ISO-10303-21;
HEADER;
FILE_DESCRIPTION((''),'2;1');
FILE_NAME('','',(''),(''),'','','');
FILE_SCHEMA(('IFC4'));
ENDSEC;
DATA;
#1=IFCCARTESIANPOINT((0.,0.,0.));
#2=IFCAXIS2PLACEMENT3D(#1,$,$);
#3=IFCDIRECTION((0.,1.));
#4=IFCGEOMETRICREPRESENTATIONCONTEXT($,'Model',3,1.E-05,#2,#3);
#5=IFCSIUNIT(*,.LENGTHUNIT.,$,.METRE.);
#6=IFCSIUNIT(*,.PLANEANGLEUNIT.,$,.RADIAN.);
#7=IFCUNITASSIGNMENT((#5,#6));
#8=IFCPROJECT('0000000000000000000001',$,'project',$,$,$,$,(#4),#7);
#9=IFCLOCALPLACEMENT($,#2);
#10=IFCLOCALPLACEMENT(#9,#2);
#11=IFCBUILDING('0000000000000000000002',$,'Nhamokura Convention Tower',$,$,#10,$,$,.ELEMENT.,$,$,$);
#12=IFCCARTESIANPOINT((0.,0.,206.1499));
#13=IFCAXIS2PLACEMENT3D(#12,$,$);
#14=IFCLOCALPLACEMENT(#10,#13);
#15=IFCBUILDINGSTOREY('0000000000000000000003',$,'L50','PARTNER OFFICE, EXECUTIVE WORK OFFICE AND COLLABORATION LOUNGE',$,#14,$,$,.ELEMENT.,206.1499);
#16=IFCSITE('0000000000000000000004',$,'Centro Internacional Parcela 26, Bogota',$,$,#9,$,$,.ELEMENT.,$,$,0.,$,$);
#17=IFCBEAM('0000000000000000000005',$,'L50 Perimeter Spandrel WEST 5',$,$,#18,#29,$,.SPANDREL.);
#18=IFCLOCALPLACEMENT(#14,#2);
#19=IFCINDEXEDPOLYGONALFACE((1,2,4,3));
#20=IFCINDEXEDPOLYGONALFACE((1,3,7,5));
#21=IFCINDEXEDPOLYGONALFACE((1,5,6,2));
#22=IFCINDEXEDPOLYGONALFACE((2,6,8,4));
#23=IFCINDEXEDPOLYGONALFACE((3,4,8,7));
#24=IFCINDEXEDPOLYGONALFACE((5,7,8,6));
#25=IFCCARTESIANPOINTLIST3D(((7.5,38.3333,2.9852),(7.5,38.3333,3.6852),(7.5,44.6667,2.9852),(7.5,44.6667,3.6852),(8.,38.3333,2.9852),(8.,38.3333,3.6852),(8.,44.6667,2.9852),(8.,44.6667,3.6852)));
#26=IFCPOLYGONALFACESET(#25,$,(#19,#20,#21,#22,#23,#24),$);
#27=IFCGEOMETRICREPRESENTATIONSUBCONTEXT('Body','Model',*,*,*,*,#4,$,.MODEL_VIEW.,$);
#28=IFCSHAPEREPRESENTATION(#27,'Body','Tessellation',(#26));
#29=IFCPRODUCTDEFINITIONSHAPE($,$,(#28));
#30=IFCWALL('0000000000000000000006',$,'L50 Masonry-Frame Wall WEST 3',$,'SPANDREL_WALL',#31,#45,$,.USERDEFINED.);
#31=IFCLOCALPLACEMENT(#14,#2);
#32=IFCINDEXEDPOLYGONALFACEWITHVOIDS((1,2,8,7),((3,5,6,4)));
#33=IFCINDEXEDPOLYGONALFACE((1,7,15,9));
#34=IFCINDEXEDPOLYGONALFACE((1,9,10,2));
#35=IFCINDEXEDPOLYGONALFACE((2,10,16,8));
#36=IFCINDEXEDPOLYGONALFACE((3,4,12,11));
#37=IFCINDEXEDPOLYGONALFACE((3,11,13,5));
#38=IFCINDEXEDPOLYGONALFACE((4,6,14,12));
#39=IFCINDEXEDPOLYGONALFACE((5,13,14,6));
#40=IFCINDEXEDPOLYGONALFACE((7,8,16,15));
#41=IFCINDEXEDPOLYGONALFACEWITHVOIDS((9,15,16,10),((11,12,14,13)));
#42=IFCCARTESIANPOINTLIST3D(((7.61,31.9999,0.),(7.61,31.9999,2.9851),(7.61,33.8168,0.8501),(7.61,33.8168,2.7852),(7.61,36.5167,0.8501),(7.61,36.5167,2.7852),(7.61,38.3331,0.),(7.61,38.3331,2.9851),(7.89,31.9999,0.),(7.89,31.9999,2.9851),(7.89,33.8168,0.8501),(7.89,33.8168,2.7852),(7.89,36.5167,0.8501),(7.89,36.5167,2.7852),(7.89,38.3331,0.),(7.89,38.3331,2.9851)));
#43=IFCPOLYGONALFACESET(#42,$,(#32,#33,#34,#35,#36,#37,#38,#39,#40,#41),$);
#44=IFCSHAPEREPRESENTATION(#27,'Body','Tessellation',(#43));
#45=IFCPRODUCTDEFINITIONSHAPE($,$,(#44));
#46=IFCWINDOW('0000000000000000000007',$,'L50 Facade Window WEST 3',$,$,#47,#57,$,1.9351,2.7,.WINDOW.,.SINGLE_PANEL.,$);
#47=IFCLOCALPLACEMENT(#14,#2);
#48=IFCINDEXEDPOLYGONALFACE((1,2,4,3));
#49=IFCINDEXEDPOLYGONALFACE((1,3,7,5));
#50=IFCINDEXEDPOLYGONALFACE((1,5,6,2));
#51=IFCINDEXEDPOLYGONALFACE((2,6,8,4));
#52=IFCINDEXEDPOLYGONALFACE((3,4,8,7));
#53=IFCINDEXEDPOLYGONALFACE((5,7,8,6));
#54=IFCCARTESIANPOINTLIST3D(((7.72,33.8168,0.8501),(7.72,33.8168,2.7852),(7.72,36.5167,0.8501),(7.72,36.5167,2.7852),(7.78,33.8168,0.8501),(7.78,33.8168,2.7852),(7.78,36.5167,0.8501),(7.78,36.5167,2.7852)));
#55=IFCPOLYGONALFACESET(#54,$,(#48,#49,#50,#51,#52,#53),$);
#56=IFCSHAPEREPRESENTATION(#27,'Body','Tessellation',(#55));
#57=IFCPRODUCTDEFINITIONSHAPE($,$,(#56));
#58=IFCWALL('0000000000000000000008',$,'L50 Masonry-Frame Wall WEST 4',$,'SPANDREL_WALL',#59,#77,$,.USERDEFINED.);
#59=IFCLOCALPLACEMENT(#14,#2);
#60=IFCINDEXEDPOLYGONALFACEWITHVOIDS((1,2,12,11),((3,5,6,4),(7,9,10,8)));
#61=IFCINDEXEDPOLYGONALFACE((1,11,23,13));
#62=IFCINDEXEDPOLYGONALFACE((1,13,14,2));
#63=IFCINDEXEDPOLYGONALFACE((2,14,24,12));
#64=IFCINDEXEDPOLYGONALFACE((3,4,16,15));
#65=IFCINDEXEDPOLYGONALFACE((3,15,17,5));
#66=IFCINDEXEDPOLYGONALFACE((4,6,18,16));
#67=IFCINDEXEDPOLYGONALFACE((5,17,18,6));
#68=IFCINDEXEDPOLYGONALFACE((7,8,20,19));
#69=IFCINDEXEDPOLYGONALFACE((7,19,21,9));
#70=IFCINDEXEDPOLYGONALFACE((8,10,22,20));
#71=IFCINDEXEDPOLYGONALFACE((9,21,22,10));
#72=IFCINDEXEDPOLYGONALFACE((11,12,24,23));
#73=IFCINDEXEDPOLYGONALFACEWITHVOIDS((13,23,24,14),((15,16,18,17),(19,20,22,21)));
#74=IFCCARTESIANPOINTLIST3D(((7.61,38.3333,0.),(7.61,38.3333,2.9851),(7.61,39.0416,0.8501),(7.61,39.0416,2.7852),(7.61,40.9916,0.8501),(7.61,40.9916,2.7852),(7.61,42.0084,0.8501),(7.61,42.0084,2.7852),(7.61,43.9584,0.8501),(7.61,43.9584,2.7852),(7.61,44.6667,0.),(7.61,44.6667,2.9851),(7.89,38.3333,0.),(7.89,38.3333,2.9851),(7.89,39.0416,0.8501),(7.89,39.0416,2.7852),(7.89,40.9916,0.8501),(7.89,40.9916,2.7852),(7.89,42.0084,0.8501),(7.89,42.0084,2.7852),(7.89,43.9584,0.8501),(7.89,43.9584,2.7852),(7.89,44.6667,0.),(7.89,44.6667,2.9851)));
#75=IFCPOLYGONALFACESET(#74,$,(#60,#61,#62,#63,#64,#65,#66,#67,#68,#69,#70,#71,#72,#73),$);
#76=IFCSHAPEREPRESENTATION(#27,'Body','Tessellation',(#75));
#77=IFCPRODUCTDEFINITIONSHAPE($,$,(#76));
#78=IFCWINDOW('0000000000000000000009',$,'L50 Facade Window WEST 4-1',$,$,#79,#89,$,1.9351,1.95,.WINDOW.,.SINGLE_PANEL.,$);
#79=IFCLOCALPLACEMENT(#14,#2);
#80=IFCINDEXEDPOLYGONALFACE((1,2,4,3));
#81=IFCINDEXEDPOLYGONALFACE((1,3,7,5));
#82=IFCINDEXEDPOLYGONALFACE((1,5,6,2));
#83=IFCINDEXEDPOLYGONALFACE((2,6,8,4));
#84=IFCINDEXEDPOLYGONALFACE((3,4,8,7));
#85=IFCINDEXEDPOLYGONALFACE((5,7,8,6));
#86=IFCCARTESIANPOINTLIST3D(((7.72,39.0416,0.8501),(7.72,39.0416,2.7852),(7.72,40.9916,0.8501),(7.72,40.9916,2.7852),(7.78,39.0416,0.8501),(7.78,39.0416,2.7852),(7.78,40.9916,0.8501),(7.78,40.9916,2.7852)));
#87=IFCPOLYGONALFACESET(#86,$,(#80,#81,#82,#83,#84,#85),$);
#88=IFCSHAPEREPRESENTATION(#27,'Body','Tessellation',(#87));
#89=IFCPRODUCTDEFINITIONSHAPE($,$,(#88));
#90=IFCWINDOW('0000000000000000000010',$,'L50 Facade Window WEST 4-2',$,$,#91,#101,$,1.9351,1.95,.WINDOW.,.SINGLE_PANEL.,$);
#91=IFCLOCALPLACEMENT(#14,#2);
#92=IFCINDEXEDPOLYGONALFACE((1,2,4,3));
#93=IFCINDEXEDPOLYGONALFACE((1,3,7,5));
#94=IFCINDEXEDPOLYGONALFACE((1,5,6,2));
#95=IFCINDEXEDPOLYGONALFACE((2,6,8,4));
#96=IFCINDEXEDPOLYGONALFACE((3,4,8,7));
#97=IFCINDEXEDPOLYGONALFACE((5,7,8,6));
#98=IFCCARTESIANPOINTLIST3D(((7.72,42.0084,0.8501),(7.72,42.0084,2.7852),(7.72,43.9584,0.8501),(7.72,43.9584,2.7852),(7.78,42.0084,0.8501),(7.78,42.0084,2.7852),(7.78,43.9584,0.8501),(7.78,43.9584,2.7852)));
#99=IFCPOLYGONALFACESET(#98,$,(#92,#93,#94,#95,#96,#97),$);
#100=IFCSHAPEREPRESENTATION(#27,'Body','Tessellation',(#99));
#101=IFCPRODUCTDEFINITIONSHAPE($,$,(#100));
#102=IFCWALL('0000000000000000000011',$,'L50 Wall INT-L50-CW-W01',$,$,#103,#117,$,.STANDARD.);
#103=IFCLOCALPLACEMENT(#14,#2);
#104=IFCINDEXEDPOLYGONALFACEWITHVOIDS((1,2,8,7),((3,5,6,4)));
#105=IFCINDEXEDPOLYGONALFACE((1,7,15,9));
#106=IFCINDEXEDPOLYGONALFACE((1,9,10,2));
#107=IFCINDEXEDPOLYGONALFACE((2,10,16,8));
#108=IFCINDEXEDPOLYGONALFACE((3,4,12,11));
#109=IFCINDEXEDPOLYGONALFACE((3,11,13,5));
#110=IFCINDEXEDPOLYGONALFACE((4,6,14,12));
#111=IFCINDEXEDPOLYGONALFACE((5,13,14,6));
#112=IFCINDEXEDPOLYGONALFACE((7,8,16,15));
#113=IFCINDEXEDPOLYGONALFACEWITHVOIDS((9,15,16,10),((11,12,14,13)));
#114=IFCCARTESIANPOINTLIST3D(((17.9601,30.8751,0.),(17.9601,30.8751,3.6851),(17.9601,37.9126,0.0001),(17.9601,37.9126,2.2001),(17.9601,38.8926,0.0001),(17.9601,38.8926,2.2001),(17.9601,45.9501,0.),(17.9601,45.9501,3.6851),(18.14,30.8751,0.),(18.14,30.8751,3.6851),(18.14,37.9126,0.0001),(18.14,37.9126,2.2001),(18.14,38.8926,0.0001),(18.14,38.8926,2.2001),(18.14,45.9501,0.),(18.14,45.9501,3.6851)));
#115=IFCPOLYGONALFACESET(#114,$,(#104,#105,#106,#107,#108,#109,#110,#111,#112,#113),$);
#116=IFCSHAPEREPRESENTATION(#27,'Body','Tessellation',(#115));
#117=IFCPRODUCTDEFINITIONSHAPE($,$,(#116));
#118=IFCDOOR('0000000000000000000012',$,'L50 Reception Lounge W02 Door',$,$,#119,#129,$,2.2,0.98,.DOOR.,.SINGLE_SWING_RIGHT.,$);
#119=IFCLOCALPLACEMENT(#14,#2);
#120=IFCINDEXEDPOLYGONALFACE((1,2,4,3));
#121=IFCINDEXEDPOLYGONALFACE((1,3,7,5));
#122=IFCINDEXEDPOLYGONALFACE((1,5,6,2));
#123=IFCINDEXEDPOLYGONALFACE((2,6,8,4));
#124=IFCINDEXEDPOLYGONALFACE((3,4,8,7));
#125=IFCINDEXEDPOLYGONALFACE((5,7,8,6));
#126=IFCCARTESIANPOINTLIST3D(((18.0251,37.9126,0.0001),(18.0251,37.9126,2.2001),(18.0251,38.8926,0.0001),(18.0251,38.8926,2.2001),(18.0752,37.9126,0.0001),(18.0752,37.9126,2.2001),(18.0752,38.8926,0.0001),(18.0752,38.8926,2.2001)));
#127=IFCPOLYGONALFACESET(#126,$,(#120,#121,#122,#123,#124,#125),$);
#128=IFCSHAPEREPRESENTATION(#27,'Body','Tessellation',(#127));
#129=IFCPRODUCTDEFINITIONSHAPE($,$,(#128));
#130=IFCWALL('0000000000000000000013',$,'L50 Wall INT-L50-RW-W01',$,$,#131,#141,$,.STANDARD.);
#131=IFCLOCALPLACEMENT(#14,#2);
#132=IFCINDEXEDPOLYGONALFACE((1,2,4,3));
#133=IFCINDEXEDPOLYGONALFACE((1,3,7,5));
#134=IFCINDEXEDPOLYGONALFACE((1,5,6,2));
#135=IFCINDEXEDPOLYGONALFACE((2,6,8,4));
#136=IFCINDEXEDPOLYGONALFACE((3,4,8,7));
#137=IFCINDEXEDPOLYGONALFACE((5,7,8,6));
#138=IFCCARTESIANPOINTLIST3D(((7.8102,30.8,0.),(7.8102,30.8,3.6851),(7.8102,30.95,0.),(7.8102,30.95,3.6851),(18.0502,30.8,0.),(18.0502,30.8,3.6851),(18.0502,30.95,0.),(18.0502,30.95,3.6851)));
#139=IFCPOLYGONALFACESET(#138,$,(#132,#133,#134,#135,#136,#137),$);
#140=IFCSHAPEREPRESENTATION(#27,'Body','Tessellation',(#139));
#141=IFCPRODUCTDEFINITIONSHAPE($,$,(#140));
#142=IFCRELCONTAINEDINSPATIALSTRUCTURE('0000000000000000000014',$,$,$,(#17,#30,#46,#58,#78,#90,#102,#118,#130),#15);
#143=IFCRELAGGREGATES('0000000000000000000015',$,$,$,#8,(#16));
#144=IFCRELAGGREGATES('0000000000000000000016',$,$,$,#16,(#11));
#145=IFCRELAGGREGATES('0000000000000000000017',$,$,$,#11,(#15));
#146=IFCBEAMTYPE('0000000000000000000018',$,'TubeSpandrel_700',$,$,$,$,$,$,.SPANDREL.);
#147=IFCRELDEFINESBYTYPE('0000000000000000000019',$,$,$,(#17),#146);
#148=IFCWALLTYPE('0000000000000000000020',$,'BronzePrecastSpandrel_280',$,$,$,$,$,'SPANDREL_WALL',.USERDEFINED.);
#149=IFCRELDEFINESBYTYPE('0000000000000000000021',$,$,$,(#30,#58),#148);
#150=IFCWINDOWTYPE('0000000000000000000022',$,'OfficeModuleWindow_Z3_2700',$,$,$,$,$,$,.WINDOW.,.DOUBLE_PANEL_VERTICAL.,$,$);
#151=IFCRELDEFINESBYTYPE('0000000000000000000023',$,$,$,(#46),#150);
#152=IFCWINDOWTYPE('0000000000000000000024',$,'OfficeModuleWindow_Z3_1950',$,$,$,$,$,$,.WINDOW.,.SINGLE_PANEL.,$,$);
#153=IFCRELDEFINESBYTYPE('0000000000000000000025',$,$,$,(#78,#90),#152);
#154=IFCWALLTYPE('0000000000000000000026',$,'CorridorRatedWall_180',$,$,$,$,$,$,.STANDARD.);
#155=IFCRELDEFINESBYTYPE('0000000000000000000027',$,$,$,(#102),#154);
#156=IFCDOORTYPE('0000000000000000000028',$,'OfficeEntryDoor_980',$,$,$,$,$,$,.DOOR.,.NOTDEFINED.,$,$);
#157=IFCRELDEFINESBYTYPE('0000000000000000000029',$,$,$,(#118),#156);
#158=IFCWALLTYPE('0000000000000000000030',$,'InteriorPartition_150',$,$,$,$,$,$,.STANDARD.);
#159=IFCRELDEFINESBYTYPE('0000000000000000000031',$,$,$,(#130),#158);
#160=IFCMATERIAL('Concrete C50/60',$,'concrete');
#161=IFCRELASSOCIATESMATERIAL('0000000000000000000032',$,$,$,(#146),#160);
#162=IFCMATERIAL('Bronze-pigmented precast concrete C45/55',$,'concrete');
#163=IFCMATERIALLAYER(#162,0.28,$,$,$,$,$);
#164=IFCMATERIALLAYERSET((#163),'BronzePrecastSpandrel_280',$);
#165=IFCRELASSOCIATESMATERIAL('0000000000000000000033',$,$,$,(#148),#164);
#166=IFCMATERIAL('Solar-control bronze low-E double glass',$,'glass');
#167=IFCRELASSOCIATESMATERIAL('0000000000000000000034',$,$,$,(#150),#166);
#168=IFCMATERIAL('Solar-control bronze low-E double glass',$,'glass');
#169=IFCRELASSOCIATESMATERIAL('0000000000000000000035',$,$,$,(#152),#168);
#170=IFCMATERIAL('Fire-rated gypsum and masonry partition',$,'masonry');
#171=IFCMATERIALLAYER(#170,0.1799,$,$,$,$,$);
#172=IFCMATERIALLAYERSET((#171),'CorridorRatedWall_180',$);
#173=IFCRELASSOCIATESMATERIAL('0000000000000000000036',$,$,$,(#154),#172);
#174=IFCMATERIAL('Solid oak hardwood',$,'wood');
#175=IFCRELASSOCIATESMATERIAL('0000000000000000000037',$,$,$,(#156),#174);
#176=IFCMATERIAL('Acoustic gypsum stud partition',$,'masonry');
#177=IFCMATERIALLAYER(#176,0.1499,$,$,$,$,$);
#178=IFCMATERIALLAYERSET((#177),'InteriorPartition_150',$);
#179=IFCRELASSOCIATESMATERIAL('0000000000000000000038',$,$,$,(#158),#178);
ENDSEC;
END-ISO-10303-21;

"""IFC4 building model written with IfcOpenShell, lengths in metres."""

from ifc_helpers import new_model, si_unit, direction, frame, frame_2d, origin, origin_2d, place, context, subcontext, project, spatial, rectangle, extrude, material, layer, layer_set, material_profile, profile_set, type_object, element, fill, save


model = new_model("IFC4")

# Units and contexts
model_context = context("Model", 3, precision=1e-05, world=origin(), true_north=direction((0.0, 1.0)))
body_context = subcontext(model_context, "Body", "Model", "MODEL_VIEW")
ifc_project = project(units=[si_unit("LENGTHUNIT", "METRE"), si_unit("PLANEANGLEUNIT", "RADIAN")], contexts=[model_context])

# Site, building, storey
site_placement = place(None, origin())
site = spatial("IfcSite", under=ifc_project, at=site_placement, Name="Centro Internacional Parcela 26, Bogota", CompositionType="ELEMENT", RefElevation=0.0)
building_placement = place(site_placement, origin())
building = spatial("IfcBuilding", under=site, at=building_placement, Name="Nhamokura Convention Tower", CompositionType="ELEMENT")
storey_placement = place(building_placement, frame((0.0, 0.0, 206.1499)))
storey = spatial("IfcBuildingStorey", under=building, at=storey_placement, Name="L50", Description="PARTNER OFFICE, EXECUTIVE WORK OFFICE AND COLLABORATION LOUNGE", CompositionType="ELEMENT", Elevation=206.1499)

# Beam
ifc_material_1 = material(Name="Concrete C50/60", Category="concrete")
ifc_material_profile_1 = material_profile(ifc_material_1, rectangle(XDim=0.5, YDim=0.7, at=origin_2d()))
ifc_profile_set_1 = profile_set([ifc_material_profile_1], Name="Concrete C50/60")
beam_type_1 = type_object("IfcBeamType", Name="TubeSpandrel_700", PredefinedType="SPANDREL", material=ifc_profile_set_1)
beam_1_placement = place(storey_placement, frame((7.75, 38.3333, 3.3352), z_axis=(0.0, 1.0, 0.0), x_axis=(-1.0, 0.0, 0.0)))
element("IfcBeam", 1, at=beam_1_placement, inside=storey, type_object=beam_type_1, Name="L50 Perimeter Spandrel WEST 5", PredefinedType="SPANDREL", context=body_context, shape_type="SweptSolid", body=[
    extrude(rectangle(XDim=0.5, YDim=0.7, at=origin_2d()), origin(), (0.0, 0.0, 1.0), 6.3335),
])

# Wall, opening, window
ifc_material_2 = material(Name="Bronze-pigmented precast concrete C45/55", Category="concrete")
ifc_layer_1 = layer(ifc_material_2, 0.28)
ifc_layer_set_1 = layer_set([ifc_layer_1], Name="BronzePrecastSpandrel_280")
wall_type_1 = type_object("IfcWallType", Name="BronzePrecastSpandrel_280", ElementType="SPANDREL_WALL", PredefinedType="USERDEFINED", material=ifc_layer_set_1)
wall_1_placement = place(storey_placement, frame((7.75, 32.0, 0.0), z_axis=(0.0, 0.0, 1.0), x_axis=(0.0, 1.0, 0.0)))
wall_1 = element("IfcWall", 2, at=wall_1_placement, inside=storey, type_object=wall_type_1, Name="L50 Masonry-Frame Wall WEST 3", ObjectType="SPANDREL_WALL", PredefinedType="USERDEFINED", context=body_context, shape_type="SweptSolid", body=[
    extrude(rectangle(XDim=6.3333, YDim=0.28, at=frame_2d((3.1665, 0.0))), origin(), (0.0, 0.0, 1.0), 2.9851),
])
opening_1_placement = place(wall_1_placement, frame((1.8167, 0.0, 0.8501)))
opening_1 = element("IfcOpeningElement", 3, at=opening_1_placement, cuts=wall_1, PredefinedType="OPENING", context=body_context, shape_type="SweptSolid", body=[
    extrude(rectangle(XDim=2.7, YDim=1.9351, at=frame_2d((1.3501, 0.9675))), frame((0.0, 0.1499, 0.0), z_axis=(0.0, -1.0, 0.0), x_axis=(1.0, 0.0, 0.0)), (0.0, 0.0, 1.0), 0.3),
])
ifc_material_3 = material(Name="Solar-control bronze low-E double glass", Category="glass")
window_type_1 = type_object("IfcWindowType", Name="OfficeModuleWindow_Z3_2700", PartitioningType="DOUBLE_PANEL_VERTICAL", PredefinedType="WINDOW", material=ifc_material_3)
window_1_placement = place(opening_1_placement, origin())
window_1 = element("IfcWindow", 4, at=window_1_placement, inside=storey, type_object=window_type_1, Name="L50 Facade Window WEST 3", OverallHeight=1.9351, OverallWidth=2.7, PartitioningType="SINGLE_PANEL", PredefinedType="WINDOW", context=body_context, shape_type="SweptSolid", body=[
    extrude(rectangle(XDim=2.7, YDim=1.9351, at=frame_2d((1.3501, 0.9675))), frame((0.0, 0.03, 0.0), z_axis=(0.0, -1.0, 0.0), x_axis=(1.0, 0.0, 0.0)), (0.0, 0.0, 1.0), 0.0601),
])
fill(opening_1, window_1)

# Wall, openings, windows
wall_2_placement = place(storey_placement, frame((7.75, 38.3333, 0.0), z_axis=(0.0, 0.0, 1.0), x_axis=(0.0, 1.0, 0.0)))
wall_2 = element("IfcWall", 5, at=wall_2_placement, inside=storey, type_object=wall_type_1, Name="L50 Masonry-Frame Wall WEST 4", ObjectType="SPANDREL_WALL", PredefinedType="USERDEFINED", context=body_context, shape_type="SweptSolid", body=[
    extrude(rectangle(XDim=6.3335, YDim=0.28, at=frame_2d((3.1667, 0.0))), origin(), (0.0, 0.0, 1.0), 2.9851),
])
opening_2_placement = place(wall_2_placement, frame((0.7083, 0.0, 0.8501)))
opening_2 = element("IfcOpeningElement", 6, at=opening_2_placement, cuts=wall_2, PredefinedType="OPENING", context=body_context, shape_type="SweptSolid", body=[
    extrude(rectangle(XDim=1.95, YDim=1.9351, at=frame_2d((0.9751, 0.9675))), frame((0.0, 0.1499, 0.0), z_axis=(0.0, -1.0, 0.0), x_axis=(1.0, 0.0, 0.0)), (0.0, 0.0, 1.0), 0.3),
])
opening_3_placement = place(wall_2_placement, frame((3.675, 0.0, 0.8501)))
opening_3 = element("IfcOpeningElement", 7, at=opening_3_placement, cuts=wall_2, PredefinedType="OPENING", context=body_context, shape_type="SweptSolid", body=[
    extrude(rectangle(XDim=1.95, YDim=1.9351, at=frame_2d((0.9751, 0.9675))), frame((0.0, 0.1499, 0.0), z_axis=(0.0, -1.0, 0.0), x_axis=(1.0, 0.0, 0.0)), (0.0, 0.0, 1.0), 0.3),
])
ifc_material_4 = material(Name="Solar-control bronze low-E double glass", Category="glass")
window_type_2 = type_object("IfcWindowType", Name="OfficeModuleWindow_Z3_1950", PartitioningType="SINGLE_PANEL", PredefinedType="WINDOW", material=ifc_material_4)
window_2_placement = place(opening_2_placement, origin())
window_2 = element("IfcWindow", 8, at=window_2_placement, inside=storey, type_object=window_type_2, Name="L50 Facade Window WEST 4-1", OverallHeight=1.9351, OverallWidth=1.95, PartitioningType="SINGLE_PANEL", PredefinedType="WINDOW", context=body_context, shape_type="SweptSolid", body=[
    extrude(rectangle(XDim=1.95, YDim=1.9351, at=frame_2d((0.9751, 0.9675))), frame((0.0, 0.03, 0.0), z_axis=(0.0, -1.0, 0.0), x_axis=(1.0, 0.0, 0.0)), (0.0, 0.0, 1.0), 0.0601),
])
fill(opening_2, window_2)
window_3_placement = place(opening_3_placement, origin())
window_3 = element("IfcWindow", 9, at=window_3_placement, inside=storey, type_object=window_type_2, Name="L50 Facade Window WEST 4-2", OverallHeight=1.9351, OverallWidth=1.95, PartitioningType="SINGLE_PANEL", PredefinedType="WINDOW", context=body_context, shape_type="SweptSolid", body=[
    extrude(rectangle(XDim=1.95, YDim=1.9351, at=frame_2d((0.9751, 0.9675))), frame((0.0, 0.03, 0.0), z_axis=(0.0, -1.0, 0.0), x_axis=(1.0, 0.0, 0.0)), (0.0, 0.0, 1.0), 0.0601),
])
fill(opening_3, window_3)

# Wall, opening, door
ifc_material_5 = material(Name="Fire-rated gypsum and masonry partition", Category="masonry")
ifc_layer_2 = layer(ifc_material_5, 0.1799)
ifc_layer_set_2 = layer_set([ifc_layer_2], Name="CorridorRatedWall_180")
wall_type_2 = type_object("IfcWallType", Name="CorridorRatedWall_180", PredefinedType="STANDARD", material=ifc_layer_set_2)
wall_3_placement = place(storey_placement, frame((18.05, 30.875, 0.0), z_axis=(0.0, 0.0, 1.0), x_axis=(0.0, 1.0, 0.0)))
wall_3 = element("IfcWall", 10, at=wall_3_placement, inside=storey, type_object=wall_type_2, Name="L50 Wall INT-L50-CW-W01", PredefinedType="STANDARD", context=body_context, shape_type="SweptSolid", body=[
    extrude(rectangle(XDim=15.075, YDim=0.1799, at=frame_2d((7.5376, 0.0))), origin(), (0.0, 0.0, 1.0), 3.6851),
])
opening_4_placement = place(wall_3_placement, frame((7.0376, 0.0, 0.0)))
opening_4 = element("IfcOpeningElement", 11, at=opening_4_placement, cuts=wall_3, PredefinedType="OPENING", context=body_context, shape_type="SweptSolid", body=[
    extrude(rectangle(XDim=0.98, YDim=2.2, at=frame_2d((0.49, 1.1001))), frame((0.0, 0.0999, 0.0), z_axis=(0.0, -1.0, 0.0), x_axis=(1.0, 0.0, 0.0)), (0.0, 0.0, 1.0), 0.2),
])
ifc_material_6 = material(Name="Solid oak hardwood", Category="wood")
door_type = type_object("IfcDoorType", Name="OfficeEntryDoor_980", OperationType="NOTDEFINED", PredefinedType="DOOR", material=ifc_material_6)
door_placement = place(opening_4_placement, origin())
door = element("IfcDoor", 12, at=door_placement, inside=storey, type_object=door_type, Name="L50 Reception Lounge W02 Door", OperationType="SINGLE_SWING_RIGHT", OverallHeight=2.2, OverallWidth=0.98, PredefinedType="DOOR", context=body_context, shape_type="SweptSolid", body=[
    extrude(rectangle(XDim=0.98, YDim=2.2, at=frame_2d((0.49, 1.1001))), frame((0.0, 0.0249, 0.0), z_axis=(0.0, -1.0, 0.0), x_axis=(1.0, 0.0, 0.0)), (0.0, 0.0, 1.0), 0.05),
])
fill(opening_4, door)

# Wall
ifc_material_7 = material(Name="Acoustic gypsum stud partition", Category="masonry")
ifc_layer_3 = layer(ifc_material_7, 0.1499)
ifc_layer_set_3 = layer_set([ifc_layer_3], Name="InteriorPartition_150")
wall_type_3 = type_object("IfcWallType", Name="InteriorPartition_150", PredefinedType="STANDARD", material=ifc_layer_set_3)
wall_4_placement = place(storey_placement, frame((7.8101, 30.875, 0.0), z_axis=(0.0, 0.0, 1.0), x_axis=(1.0, 0.0, 0.0)))
element("IfcWall", 13, at=wall_4_placement, inside=storey, type_object=wall_type_3, Name="L50 Wall INT-L50-RW-W01", PredefinedType="STANDARD", context=body_context, shape_type="SweptSolid", body=[
    extrude(rectangle(XDim=10.24, YDim=0.1499, at=frame_2d((5.1201, 0.0))), origin(), (0.0, 0.0, 1.0), 3.6851),
])

save(model, "model.ifc")
